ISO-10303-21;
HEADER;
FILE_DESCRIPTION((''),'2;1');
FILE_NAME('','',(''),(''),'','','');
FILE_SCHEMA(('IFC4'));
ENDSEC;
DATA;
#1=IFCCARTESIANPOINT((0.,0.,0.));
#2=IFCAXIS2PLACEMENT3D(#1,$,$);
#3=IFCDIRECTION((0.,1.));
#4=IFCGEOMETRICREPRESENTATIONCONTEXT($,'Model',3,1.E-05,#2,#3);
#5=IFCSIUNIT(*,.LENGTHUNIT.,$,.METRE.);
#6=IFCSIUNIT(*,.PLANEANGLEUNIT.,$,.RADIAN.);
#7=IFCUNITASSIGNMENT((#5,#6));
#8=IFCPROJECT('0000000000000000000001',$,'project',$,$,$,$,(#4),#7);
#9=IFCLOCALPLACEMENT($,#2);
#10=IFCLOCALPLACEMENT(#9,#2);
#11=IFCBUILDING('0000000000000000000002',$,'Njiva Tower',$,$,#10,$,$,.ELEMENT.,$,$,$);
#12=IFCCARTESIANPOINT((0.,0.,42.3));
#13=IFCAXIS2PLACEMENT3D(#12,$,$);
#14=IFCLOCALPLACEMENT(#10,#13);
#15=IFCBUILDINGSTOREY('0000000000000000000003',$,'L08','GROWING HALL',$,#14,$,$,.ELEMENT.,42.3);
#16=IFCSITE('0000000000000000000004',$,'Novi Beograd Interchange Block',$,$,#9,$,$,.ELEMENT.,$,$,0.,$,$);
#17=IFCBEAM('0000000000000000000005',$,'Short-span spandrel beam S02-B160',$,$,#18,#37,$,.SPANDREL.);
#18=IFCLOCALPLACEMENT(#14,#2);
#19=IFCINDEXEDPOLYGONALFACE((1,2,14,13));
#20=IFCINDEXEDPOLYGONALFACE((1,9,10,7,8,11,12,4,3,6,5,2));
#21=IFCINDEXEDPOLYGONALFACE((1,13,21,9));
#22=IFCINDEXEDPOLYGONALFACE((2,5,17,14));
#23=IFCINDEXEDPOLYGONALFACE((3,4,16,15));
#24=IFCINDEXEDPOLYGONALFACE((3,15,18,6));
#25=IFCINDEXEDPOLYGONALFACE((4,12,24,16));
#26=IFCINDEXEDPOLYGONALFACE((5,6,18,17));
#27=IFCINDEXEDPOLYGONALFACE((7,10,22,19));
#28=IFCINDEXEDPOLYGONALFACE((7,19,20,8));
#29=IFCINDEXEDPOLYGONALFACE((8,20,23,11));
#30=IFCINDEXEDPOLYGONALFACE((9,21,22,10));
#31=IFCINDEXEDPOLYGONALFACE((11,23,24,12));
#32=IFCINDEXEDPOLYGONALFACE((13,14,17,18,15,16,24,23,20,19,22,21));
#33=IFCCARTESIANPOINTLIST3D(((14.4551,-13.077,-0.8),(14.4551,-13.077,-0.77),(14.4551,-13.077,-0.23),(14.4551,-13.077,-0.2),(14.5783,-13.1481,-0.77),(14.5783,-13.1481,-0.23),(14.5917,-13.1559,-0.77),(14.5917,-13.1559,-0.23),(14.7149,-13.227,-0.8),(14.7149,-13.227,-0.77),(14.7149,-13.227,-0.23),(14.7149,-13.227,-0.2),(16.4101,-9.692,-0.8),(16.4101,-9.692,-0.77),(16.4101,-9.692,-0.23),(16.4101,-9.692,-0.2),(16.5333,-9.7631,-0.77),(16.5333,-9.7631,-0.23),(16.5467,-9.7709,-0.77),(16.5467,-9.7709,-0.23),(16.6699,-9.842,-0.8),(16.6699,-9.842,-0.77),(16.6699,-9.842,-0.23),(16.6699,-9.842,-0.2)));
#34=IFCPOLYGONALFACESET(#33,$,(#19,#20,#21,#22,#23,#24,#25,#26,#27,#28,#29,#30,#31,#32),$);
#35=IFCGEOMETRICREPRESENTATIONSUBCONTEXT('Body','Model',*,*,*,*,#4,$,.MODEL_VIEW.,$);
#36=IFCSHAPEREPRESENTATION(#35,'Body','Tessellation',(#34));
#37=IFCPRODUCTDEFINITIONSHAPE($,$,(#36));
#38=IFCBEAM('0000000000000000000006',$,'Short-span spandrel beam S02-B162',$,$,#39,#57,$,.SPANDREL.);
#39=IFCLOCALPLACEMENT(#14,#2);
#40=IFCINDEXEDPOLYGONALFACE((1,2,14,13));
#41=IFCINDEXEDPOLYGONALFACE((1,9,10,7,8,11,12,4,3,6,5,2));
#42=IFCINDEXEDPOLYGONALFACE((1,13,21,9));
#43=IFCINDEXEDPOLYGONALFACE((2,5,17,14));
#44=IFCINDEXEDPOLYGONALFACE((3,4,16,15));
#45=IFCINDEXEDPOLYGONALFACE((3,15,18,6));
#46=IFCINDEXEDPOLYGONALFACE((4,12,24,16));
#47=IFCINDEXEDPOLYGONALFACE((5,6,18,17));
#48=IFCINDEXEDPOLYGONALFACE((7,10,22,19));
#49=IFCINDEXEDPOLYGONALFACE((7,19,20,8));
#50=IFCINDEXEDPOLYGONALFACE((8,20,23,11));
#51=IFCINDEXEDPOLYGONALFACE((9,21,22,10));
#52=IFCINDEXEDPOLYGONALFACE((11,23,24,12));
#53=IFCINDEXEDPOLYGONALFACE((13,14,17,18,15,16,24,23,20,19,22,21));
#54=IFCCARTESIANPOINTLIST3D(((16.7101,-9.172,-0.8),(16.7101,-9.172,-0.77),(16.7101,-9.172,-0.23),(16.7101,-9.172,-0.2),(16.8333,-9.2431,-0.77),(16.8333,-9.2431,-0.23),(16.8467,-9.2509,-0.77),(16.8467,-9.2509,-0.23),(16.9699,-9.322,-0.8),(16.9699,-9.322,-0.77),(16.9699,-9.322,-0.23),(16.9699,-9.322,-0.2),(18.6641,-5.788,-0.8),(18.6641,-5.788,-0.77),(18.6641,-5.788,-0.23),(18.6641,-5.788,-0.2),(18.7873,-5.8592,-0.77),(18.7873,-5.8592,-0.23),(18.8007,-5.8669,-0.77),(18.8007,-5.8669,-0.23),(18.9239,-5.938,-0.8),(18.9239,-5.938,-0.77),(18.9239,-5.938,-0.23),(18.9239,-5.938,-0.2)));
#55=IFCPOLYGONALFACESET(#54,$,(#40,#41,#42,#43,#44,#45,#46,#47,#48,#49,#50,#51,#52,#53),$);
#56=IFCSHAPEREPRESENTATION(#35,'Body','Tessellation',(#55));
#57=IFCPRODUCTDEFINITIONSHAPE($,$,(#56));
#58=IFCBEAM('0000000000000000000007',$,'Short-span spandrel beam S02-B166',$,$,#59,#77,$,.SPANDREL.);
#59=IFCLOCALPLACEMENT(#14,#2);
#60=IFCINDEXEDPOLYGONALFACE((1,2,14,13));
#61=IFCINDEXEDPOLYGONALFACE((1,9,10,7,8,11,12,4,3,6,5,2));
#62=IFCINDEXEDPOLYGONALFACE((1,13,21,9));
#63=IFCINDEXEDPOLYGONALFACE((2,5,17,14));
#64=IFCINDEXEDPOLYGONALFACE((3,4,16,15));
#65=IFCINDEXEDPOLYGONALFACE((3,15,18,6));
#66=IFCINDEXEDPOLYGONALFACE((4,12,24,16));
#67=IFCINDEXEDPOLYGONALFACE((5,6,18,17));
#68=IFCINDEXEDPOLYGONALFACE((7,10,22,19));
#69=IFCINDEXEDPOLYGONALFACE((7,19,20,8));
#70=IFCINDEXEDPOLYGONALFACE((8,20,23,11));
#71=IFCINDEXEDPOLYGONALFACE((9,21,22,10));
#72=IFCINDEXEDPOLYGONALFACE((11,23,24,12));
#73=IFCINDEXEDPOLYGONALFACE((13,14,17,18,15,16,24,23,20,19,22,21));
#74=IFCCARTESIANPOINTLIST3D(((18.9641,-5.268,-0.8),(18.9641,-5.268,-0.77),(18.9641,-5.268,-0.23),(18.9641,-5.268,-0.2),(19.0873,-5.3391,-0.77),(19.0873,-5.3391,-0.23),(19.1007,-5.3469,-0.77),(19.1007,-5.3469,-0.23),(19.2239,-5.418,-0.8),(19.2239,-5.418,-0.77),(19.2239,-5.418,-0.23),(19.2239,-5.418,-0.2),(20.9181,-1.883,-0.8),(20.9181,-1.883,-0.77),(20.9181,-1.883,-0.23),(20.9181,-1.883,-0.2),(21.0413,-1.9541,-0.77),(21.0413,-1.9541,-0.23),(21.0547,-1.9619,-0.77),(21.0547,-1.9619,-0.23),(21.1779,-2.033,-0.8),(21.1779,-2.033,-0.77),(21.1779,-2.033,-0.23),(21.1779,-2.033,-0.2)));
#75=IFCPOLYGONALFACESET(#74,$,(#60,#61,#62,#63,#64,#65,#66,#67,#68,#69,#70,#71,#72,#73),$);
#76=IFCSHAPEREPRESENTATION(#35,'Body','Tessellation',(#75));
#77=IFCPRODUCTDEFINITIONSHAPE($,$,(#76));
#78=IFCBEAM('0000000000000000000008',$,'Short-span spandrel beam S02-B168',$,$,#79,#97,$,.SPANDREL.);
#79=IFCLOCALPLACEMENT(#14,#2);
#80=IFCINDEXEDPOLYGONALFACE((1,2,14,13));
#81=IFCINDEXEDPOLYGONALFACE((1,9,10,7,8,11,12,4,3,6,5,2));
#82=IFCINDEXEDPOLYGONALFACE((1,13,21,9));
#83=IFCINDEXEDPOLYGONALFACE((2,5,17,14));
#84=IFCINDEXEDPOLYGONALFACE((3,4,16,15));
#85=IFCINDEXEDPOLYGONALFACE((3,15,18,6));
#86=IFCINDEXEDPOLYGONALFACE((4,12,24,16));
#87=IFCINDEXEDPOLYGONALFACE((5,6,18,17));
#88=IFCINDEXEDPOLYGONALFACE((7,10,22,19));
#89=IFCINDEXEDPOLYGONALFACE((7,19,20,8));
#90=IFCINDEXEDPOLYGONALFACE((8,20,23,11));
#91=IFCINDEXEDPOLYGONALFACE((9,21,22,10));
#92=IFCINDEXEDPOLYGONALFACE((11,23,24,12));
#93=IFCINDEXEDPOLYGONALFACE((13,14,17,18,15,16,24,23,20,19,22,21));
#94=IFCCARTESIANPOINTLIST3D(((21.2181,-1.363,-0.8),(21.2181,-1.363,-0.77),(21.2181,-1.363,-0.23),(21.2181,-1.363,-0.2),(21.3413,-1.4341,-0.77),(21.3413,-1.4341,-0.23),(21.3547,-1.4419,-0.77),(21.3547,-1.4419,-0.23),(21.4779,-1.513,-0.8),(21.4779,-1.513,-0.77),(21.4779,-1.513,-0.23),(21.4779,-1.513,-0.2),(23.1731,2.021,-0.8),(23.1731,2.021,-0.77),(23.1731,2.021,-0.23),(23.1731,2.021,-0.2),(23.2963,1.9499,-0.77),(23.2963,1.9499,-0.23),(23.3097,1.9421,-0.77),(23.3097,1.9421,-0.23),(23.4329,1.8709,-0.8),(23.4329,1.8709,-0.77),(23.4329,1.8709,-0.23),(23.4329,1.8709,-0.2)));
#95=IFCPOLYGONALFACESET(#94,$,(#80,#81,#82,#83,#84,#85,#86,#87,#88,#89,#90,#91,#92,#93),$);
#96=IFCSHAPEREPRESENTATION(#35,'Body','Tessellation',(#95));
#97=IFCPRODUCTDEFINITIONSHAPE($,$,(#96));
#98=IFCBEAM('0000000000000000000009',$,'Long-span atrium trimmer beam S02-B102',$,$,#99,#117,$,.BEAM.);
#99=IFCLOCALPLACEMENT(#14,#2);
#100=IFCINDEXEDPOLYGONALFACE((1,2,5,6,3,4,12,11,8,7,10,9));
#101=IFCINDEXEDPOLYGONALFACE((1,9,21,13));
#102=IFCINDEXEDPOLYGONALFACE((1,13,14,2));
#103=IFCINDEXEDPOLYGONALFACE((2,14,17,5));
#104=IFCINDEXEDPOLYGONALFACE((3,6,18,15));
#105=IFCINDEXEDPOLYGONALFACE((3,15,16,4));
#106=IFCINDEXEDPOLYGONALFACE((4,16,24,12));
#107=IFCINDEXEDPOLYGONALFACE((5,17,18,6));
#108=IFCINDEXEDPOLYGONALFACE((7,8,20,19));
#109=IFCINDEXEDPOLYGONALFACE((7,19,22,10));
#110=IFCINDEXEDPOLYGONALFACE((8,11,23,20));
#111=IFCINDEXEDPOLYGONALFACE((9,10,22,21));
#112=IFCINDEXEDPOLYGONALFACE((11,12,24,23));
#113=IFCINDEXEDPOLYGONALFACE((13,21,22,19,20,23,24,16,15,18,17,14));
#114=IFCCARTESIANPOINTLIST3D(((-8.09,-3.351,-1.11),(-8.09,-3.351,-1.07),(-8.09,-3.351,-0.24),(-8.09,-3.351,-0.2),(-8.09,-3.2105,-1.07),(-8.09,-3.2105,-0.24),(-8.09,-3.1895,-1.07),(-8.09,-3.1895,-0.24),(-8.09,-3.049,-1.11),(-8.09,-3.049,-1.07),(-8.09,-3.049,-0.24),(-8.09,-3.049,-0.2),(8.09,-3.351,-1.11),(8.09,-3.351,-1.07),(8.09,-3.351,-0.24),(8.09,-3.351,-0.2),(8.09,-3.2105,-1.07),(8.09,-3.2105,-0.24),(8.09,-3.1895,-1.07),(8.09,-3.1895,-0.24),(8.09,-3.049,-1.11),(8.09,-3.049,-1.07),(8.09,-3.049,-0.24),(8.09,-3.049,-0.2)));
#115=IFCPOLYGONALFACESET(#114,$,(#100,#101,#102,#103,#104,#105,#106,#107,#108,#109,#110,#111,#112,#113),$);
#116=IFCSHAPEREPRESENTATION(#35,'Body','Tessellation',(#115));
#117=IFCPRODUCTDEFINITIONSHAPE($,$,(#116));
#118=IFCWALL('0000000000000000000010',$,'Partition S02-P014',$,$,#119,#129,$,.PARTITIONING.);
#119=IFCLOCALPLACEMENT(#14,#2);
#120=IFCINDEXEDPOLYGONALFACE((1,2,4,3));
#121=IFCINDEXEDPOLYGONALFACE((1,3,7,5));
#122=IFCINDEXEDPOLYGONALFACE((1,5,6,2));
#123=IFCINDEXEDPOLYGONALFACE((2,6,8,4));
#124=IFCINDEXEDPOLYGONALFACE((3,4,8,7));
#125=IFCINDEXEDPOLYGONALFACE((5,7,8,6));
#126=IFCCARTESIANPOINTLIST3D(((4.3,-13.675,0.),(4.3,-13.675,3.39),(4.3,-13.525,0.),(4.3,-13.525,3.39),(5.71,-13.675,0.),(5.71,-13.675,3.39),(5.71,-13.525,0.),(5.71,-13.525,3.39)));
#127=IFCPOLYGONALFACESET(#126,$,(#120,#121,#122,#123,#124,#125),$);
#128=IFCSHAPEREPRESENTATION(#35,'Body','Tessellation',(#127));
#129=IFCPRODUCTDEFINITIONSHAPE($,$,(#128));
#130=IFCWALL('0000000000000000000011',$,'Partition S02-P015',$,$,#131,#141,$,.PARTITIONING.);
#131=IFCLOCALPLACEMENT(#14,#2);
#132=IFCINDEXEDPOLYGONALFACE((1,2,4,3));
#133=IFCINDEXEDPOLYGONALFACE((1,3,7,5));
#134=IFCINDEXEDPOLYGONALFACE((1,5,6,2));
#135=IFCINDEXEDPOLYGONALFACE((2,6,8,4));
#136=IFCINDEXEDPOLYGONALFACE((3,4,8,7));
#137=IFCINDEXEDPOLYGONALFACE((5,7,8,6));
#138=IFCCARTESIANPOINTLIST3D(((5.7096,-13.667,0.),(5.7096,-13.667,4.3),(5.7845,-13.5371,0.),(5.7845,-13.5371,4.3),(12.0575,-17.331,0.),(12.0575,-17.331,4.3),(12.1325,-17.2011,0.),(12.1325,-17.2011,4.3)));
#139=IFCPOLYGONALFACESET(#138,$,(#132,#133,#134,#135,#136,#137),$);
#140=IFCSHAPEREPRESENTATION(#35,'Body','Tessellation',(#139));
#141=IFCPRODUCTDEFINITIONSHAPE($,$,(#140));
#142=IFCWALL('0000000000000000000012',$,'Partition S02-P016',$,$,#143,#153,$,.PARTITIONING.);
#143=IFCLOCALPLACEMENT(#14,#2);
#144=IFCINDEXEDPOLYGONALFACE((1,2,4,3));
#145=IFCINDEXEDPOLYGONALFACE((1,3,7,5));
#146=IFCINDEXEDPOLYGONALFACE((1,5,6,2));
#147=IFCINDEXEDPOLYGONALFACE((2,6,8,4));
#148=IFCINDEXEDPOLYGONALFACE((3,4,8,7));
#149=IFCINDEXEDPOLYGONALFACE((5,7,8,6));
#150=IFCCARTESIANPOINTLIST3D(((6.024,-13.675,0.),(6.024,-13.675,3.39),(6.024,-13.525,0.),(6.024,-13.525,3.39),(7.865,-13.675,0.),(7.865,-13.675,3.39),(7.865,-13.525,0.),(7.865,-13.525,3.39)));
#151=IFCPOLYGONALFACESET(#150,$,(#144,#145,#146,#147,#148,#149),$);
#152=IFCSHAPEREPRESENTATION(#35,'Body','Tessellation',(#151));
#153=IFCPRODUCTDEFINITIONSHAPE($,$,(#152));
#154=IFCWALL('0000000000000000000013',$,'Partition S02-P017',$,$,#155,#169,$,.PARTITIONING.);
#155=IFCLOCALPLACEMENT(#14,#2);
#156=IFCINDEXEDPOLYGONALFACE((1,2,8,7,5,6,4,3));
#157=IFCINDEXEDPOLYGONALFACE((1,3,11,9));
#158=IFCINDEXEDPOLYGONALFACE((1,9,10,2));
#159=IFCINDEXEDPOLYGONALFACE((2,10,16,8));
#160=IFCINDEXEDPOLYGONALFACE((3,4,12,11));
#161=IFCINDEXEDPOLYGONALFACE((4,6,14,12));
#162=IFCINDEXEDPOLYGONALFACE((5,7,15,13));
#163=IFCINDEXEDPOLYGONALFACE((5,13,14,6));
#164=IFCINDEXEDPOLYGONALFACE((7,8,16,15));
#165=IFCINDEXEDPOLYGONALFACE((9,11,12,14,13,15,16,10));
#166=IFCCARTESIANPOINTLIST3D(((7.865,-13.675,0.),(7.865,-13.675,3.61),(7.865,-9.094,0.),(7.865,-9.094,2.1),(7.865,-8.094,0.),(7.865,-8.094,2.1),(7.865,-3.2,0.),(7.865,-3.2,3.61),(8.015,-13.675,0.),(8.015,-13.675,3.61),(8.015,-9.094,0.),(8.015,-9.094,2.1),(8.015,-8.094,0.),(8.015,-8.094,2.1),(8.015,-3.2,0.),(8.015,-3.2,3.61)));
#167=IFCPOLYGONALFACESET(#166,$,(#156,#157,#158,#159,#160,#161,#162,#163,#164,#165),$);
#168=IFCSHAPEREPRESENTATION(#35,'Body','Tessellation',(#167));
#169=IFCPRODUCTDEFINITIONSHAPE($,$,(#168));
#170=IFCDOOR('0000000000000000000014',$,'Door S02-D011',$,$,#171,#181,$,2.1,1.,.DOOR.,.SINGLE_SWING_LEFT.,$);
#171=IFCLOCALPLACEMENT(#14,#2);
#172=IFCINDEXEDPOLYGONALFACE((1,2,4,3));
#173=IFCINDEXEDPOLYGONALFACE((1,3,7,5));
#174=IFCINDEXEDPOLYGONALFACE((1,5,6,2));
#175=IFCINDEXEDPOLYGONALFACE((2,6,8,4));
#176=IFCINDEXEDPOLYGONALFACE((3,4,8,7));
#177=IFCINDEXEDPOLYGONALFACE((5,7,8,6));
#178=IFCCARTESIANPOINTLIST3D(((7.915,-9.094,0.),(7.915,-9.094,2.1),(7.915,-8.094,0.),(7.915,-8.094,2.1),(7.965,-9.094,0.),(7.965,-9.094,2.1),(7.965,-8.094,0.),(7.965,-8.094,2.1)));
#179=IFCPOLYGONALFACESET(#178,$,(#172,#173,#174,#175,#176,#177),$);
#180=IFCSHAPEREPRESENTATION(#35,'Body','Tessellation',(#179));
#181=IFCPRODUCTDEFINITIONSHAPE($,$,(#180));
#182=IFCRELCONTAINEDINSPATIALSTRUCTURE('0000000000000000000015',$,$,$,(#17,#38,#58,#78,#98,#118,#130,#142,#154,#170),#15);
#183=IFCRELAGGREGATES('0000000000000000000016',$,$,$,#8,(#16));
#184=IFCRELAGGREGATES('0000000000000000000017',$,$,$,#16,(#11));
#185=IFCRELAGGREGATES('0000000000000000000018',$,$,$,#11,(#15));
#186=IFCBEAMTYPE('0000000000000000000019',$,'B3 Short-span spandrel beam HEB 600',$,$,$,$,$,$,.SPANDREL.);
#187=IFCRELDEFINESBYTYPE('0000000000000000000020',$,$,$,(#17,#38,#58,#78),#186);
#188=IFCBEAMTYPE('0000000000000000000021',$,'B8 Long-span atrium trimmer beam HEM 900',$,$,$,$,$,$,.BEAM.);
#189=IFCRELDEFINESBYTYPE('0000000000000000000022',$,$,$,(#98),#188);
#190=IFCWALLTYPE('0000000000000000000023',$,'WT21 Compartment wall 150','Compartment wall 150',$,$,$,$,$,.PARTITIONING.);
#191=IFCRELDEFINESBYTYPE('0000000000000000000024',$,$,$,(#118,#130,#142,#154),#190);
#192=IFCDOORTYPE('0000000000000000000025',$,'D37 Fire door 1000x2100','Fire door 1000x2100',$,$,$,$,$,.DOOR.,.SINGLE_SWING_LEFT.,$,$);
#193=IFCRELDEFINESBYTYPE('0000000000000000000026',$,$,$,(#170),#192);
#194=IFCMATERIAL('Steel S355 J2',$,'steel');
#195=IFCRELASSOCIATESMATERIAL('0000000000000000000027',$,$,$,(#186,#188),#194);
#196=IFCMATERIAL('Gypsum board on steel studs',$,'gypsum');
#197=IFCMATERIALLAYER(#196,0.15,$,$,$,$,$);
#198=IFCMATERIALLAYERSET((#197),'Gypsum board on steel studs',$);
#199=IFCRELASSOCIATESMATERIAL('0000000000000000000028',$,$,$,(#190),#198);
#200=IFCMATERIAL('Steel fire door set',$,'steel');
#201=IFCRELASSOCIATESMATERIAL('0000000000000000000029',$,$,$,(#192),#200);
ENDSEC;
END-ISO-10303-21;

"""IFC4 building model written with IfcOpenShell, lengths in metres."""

from ifc_helpers import new_model, si_unit, direction, frame, frame_2d, origin, origin_2d, place, context, subcontext, project, spatial, rectangle, i_section, extrude, material, layer, layer_set, material_profile, profile_set, type_object, element, fill, save


model = new_model("IFC4")

# Units and contexts
model_context = context("Model", 3, precision=1e-05, world=origin(), true_north=direction((0.0, 1.0)))
body_context = subcontext(model_context, "Body", "Model", "MODEL_VIEW")
ifc_project = project(units=[si_unit("LENGTHUNIT", "METRE"), si_unit("PLANEANGLEUNIT", "RADIAN")], contexts=[model_context])

# Site, building, storey
site_placement = place(None, origin())
site = spatial("IfcSite", under=ifc_project, at=site_placement, Name="Novi Beograd Interchange Block", CompositionType="ELEMENT", RefElevation=0.0)
building_placement = place(site_placement, origin())
building = spatial("IfcBuilding", under=site, at=building_placement, Name="Njiva Tower", CompositionType="ELEMENT")
storey_placement = place(building_placement, frame((0.0, 0.0, 42.3)))
storey = spatial("IfcBuildingStorey", under=building, at=storey_placement, Name="L08", Description="GROWING HALL", CompositionType="ELEMENT", Elevation=42.3)

# Shared definitions
ifc_material_1 = material(Name="Steel S355 J2", Category="steel")

# Beams
ifc_material_profile_1 = material_profile(ifc_material_1, i_section(OverallWidth=0.3, OverallDepth=0.6, WebThickness=0.0155, FlangeThickness=0.03, at=origin_2d()), Name="HEB 600")
ifc_profile_set_1 = profile_set([ifc_material_profile_1], Name="Steel S355 J2")
beam_type_1 = type_object("IfcBeamType", Name="B3 Short-span spandrel beam HEB 600", PredefinedType="SPANDREL", material=ifc_profile_set_1)
beam_1_placement = place(storey_placement, frame((14.585, -13.152, -0.5), z_axis=(0.500128, 0.865951, 0.0), x_axis=(-0.865951, 0.500128, 0.0)))
element("IfcBeam", 1, at=beam_1_placement, inside=storey, type_object=beam_type_1, Name="Short-span spandrel beam S02-B160", PredefinedType="SPANDREL", context=body_context, shape_type="SweptSolid", body=[
    extrude(i_section(OverallWidth=0.3, OverallDepth=0.6, WebThickness=0.0155, FlangeThickness=0.03, at=origin_2d()), origin(), (0.0, 0.0, 1.0), 3.909),
])
beam_2_placement = place(storey_placement, frame((16.84, -9.247, -0.5), z_axis=(0.500047, 0.865998, 0.0), x_axis=(-0.865998, 0.500047, 0.0)))
element("IfcBeam", 2, at=beam_2_placement, inside=storey, type_object=beam_type_1, Name="Short-span spandrel beam S02-B162", PredefinedType="SPANDREL", context=body_context, shape_type="SweptSolid", body=[
    extrude(i_section(OverallWidth=0.3, OverallDepth=0.6, WebThickness=0.0155, FlangeThickness=0.03, at=origin_2d()), origin(), (0.0, 0.0, 1.0), 3.9076),
])
beam_3_placement = place(storey_placement, frame((19.094, -5.343, -0.5), z_axis=(0.499937, 0.866062, 0.0), x_axis=(-0.866062, 0.499937, 0.0)))
element("IfcBeam", 3, at=beam_3_placement, inside=storey, type_object=beam_type_1, Name="Short-span spandrel beam S02-B166", PredefinedType="SPANDREL", context=body_context, shape_type="SweptSolid", body=[
    extrude(i_section(OverallWidth=0.3, OverallDepth=0.6, WebThickness=0.0155, FlangeThickness=0.03, at=origin_2d()), origin(), (0.0, 0.0, 1.0), 3.9085),
])
beam_4_placement = place(storey_placement, frame((21.348, -1.438, -0.5), z_axis=(0.500239, 0.865887, 0.0), x_axis=(-0.865887, 0.500239, 0.0)))
element("IfcBeam", 4, at=beam_4_placement, inside=storey, type_object=beam_type_1, Name="Short-span spandrel beam S02-B168", PredefinedType="SPANDREL", context=body_context, shape_type="SweptSolid", body=[
    extrude(i_section(OverallWidth=0.3, OverallDepth=0.6, WebThickness=0.0155, FlangeThickness=0.03, at=origin_2d()), origin(), (0.0, 0.0, 1.0), 3.9081),
])
ifc_material_profile_2 = material_profile(ifc_material_1, i_section(OverallWidth=0.302, OverallDepth=0.91, WebThickness=0.021, FlangeThickness=0.04, at=origin_2d()), Name="HEM 900")
ifc_profile_set_2 = profile_set([ifc_material_profile_2], Name="Steel S355 J2")
beam_type_2 = type_object("IfcBeamType", Name="B8 Long-span atrium trimmer beam HEM 900", PredefinedType="BEAM", material=ifc_profile_set_2)
beam_5_placement = place(storey_placement, frame((8.09, -3.2, -0.655), z_axis=(-1.0, 0.0, 0.0), x_axis=(0.0, -1.0, 0.0)))
element("IfcBeam", 5, at=beam_5_placement, inside=storey, type_object=beam_type_2, Name="Long-span atrium trimmer beam S02-B102", PredefinedType="BEAM", context=body_context, shape_type="SweptSolid", body=[
    extrude(i_section(OverallWidth=0.302, OverallDepth=0.91, WebThickness=0.021, FlangeThickness=0.04, at=origin_2d()), origin(), (0.0, 0.0, 1.0), 16.18),
])

# Walls
ifc_material_2 = material(Name="Gypsum board on steel studs", Category="gypsum")
ifc_layer_1 = layer(ifc_material_2, 0.15)
ifc_layer_set_1 = layer_set([ifc_layer_1], Name="Gypsum board on steel studs")
wall_type_1 = type_object("IfcWallType", Name="WT21 Compartment wall 150", Description="Compartment wall 150", PredefinedType="PARTITIONING", material=ifc_layer_set_1)
wall_1_placement = place(storey_placement, frame((4.3, -13.6, 0.0), z_axis=(0.0, 0.0, 1.0), x_axis=(1.0, 0.0, 0.0)))
element("IfcWall", 6, at=wall_1_placement, inside=storey, type_object=wall_type_1, Name="Partition S02-P014", PredefinedType="PARTITIONING", context=body_context, shape_type="SweptSolid", body=[
    extrude(rectangle(XDim=1.41, YDim=0.15, at=frame_2d((0.705, 0.0))), origin(), (0.0, 0.0, 1.0), 3.39),
])
wall_2_placement = place(storey_placement, frame((5.747, -13.602, 0.0), z_axis=(0.0, 0.0, 1.0), x_axis=(0.866086, -0.499896, 0.0)))
element("IfcWall", 7, at=wall_2_placement, inside=storey, type_object=wall_type_1, Name="Partition S02-P015", PredefinedType="PARTITIONING", context=body_context, shape_type="SweptSolid", body=[
    extrude(rectangle(XDim=7.3295, YDim=0.15, at=frame_2d((3.6648, 0.0))), origin(), (0.0, 0.0, 1.0), 4.3),
])
wall_3_placement = place(storey_placement, frame((6.024, -13.6, 0.0), z_axis=(0.0, 0.0, 1.0), x_axis=(1.0, 0.0, 0.0)))
element("IfcWall", 8, at=wall_3_placement, inside=storey, type_object=wall_type_1, Name="Partition S02-P016", PredefinedType="PARTITIONING", context=body_context, shape_type="SweptSolid", body=[
    extrude(rectangle(XDim=1.841, YDim=0.15, at=frame_2d((0.9205, 0.0))), origin(), (0.0, 0.0, 1.0), 3.39),
])

# Wall, opening, door
wall_4_placement = place(storey_placement, frame((7.94, -13.675, 0.0), z_axis=(0.0, 0.0, 1.0), x_axis=(0.0, 1.0, 0.0)))
wall_4 = element("IfcWall", 9, at=wall_4_placement, inside=storey, type_object=wall_type_1, Name="Partition S02-P017", PredefinedType="PARTITIONING", context=body_context, shape_type="SweptSolid", body=[
    extrude(rectangle(XDim=10.475, YDim=0.15, at=frame_2d((5.2375, 0.0))), origin(), (0.0, 0.0, 1.0), 3.61),
])
opening_1_placement = place(wall_4_placement, frame((4.581, 0.0, 0.0)))
opening_1 = element("IfcOpeningElement", 10, at=opening_1_placement, cuts=wall_4, PredefinedType="OPENING", context=body_context, shape_type="SweptSolid", body=[
    extrude(rectangle(XDim=1.0, YDim=2.1, at=frame_2d((0.5, 1.05))), frame((0.0, 0.085, 0.0), z_axis=(0.0, -1.0, 0.0), x_axis=(1.0, 0.0, 0.0)), (0.0, 0.0, 1.0), 0.17),
])
ifc_material_3 = material(Name="Steel fire door set", Category="steel")
door_type = type_object("IfcDoorType", Name="D37 Fire door 1000x2100", Description="Fire door 1000x2100", OperationType="SINGLE_SWING_LEFT", PredefinedType="DOOR", material=ifc_material_3)
door_1_placement = place(opening_1_placement, origin())
door_1 = element("IfcDoor", 11, at=door_1_placement, inside=storey, type_object=door_type, Name="Door S02-D011", OperationType="SINGLE_SWING_LEFT", OverallHeight=2.1, OverallWidth=1.0, PredefinedType="DOOR", context=body_context, shape_type="SweptSolid", body=[
    extrude(rectangle(XDim=1.0, YDim=2.1, at=frame_2d((0.5, 1.05))), frame((0.0, 0.025, 0.0), z_axis=(0.0, -1.0, 0.0), x_axis=(1.0, 0.0, 0.0)), (0.0, 0.0, 1.0), 0.05),
])
fill(opening_1, door_1)

save(model, "model.ifc")
